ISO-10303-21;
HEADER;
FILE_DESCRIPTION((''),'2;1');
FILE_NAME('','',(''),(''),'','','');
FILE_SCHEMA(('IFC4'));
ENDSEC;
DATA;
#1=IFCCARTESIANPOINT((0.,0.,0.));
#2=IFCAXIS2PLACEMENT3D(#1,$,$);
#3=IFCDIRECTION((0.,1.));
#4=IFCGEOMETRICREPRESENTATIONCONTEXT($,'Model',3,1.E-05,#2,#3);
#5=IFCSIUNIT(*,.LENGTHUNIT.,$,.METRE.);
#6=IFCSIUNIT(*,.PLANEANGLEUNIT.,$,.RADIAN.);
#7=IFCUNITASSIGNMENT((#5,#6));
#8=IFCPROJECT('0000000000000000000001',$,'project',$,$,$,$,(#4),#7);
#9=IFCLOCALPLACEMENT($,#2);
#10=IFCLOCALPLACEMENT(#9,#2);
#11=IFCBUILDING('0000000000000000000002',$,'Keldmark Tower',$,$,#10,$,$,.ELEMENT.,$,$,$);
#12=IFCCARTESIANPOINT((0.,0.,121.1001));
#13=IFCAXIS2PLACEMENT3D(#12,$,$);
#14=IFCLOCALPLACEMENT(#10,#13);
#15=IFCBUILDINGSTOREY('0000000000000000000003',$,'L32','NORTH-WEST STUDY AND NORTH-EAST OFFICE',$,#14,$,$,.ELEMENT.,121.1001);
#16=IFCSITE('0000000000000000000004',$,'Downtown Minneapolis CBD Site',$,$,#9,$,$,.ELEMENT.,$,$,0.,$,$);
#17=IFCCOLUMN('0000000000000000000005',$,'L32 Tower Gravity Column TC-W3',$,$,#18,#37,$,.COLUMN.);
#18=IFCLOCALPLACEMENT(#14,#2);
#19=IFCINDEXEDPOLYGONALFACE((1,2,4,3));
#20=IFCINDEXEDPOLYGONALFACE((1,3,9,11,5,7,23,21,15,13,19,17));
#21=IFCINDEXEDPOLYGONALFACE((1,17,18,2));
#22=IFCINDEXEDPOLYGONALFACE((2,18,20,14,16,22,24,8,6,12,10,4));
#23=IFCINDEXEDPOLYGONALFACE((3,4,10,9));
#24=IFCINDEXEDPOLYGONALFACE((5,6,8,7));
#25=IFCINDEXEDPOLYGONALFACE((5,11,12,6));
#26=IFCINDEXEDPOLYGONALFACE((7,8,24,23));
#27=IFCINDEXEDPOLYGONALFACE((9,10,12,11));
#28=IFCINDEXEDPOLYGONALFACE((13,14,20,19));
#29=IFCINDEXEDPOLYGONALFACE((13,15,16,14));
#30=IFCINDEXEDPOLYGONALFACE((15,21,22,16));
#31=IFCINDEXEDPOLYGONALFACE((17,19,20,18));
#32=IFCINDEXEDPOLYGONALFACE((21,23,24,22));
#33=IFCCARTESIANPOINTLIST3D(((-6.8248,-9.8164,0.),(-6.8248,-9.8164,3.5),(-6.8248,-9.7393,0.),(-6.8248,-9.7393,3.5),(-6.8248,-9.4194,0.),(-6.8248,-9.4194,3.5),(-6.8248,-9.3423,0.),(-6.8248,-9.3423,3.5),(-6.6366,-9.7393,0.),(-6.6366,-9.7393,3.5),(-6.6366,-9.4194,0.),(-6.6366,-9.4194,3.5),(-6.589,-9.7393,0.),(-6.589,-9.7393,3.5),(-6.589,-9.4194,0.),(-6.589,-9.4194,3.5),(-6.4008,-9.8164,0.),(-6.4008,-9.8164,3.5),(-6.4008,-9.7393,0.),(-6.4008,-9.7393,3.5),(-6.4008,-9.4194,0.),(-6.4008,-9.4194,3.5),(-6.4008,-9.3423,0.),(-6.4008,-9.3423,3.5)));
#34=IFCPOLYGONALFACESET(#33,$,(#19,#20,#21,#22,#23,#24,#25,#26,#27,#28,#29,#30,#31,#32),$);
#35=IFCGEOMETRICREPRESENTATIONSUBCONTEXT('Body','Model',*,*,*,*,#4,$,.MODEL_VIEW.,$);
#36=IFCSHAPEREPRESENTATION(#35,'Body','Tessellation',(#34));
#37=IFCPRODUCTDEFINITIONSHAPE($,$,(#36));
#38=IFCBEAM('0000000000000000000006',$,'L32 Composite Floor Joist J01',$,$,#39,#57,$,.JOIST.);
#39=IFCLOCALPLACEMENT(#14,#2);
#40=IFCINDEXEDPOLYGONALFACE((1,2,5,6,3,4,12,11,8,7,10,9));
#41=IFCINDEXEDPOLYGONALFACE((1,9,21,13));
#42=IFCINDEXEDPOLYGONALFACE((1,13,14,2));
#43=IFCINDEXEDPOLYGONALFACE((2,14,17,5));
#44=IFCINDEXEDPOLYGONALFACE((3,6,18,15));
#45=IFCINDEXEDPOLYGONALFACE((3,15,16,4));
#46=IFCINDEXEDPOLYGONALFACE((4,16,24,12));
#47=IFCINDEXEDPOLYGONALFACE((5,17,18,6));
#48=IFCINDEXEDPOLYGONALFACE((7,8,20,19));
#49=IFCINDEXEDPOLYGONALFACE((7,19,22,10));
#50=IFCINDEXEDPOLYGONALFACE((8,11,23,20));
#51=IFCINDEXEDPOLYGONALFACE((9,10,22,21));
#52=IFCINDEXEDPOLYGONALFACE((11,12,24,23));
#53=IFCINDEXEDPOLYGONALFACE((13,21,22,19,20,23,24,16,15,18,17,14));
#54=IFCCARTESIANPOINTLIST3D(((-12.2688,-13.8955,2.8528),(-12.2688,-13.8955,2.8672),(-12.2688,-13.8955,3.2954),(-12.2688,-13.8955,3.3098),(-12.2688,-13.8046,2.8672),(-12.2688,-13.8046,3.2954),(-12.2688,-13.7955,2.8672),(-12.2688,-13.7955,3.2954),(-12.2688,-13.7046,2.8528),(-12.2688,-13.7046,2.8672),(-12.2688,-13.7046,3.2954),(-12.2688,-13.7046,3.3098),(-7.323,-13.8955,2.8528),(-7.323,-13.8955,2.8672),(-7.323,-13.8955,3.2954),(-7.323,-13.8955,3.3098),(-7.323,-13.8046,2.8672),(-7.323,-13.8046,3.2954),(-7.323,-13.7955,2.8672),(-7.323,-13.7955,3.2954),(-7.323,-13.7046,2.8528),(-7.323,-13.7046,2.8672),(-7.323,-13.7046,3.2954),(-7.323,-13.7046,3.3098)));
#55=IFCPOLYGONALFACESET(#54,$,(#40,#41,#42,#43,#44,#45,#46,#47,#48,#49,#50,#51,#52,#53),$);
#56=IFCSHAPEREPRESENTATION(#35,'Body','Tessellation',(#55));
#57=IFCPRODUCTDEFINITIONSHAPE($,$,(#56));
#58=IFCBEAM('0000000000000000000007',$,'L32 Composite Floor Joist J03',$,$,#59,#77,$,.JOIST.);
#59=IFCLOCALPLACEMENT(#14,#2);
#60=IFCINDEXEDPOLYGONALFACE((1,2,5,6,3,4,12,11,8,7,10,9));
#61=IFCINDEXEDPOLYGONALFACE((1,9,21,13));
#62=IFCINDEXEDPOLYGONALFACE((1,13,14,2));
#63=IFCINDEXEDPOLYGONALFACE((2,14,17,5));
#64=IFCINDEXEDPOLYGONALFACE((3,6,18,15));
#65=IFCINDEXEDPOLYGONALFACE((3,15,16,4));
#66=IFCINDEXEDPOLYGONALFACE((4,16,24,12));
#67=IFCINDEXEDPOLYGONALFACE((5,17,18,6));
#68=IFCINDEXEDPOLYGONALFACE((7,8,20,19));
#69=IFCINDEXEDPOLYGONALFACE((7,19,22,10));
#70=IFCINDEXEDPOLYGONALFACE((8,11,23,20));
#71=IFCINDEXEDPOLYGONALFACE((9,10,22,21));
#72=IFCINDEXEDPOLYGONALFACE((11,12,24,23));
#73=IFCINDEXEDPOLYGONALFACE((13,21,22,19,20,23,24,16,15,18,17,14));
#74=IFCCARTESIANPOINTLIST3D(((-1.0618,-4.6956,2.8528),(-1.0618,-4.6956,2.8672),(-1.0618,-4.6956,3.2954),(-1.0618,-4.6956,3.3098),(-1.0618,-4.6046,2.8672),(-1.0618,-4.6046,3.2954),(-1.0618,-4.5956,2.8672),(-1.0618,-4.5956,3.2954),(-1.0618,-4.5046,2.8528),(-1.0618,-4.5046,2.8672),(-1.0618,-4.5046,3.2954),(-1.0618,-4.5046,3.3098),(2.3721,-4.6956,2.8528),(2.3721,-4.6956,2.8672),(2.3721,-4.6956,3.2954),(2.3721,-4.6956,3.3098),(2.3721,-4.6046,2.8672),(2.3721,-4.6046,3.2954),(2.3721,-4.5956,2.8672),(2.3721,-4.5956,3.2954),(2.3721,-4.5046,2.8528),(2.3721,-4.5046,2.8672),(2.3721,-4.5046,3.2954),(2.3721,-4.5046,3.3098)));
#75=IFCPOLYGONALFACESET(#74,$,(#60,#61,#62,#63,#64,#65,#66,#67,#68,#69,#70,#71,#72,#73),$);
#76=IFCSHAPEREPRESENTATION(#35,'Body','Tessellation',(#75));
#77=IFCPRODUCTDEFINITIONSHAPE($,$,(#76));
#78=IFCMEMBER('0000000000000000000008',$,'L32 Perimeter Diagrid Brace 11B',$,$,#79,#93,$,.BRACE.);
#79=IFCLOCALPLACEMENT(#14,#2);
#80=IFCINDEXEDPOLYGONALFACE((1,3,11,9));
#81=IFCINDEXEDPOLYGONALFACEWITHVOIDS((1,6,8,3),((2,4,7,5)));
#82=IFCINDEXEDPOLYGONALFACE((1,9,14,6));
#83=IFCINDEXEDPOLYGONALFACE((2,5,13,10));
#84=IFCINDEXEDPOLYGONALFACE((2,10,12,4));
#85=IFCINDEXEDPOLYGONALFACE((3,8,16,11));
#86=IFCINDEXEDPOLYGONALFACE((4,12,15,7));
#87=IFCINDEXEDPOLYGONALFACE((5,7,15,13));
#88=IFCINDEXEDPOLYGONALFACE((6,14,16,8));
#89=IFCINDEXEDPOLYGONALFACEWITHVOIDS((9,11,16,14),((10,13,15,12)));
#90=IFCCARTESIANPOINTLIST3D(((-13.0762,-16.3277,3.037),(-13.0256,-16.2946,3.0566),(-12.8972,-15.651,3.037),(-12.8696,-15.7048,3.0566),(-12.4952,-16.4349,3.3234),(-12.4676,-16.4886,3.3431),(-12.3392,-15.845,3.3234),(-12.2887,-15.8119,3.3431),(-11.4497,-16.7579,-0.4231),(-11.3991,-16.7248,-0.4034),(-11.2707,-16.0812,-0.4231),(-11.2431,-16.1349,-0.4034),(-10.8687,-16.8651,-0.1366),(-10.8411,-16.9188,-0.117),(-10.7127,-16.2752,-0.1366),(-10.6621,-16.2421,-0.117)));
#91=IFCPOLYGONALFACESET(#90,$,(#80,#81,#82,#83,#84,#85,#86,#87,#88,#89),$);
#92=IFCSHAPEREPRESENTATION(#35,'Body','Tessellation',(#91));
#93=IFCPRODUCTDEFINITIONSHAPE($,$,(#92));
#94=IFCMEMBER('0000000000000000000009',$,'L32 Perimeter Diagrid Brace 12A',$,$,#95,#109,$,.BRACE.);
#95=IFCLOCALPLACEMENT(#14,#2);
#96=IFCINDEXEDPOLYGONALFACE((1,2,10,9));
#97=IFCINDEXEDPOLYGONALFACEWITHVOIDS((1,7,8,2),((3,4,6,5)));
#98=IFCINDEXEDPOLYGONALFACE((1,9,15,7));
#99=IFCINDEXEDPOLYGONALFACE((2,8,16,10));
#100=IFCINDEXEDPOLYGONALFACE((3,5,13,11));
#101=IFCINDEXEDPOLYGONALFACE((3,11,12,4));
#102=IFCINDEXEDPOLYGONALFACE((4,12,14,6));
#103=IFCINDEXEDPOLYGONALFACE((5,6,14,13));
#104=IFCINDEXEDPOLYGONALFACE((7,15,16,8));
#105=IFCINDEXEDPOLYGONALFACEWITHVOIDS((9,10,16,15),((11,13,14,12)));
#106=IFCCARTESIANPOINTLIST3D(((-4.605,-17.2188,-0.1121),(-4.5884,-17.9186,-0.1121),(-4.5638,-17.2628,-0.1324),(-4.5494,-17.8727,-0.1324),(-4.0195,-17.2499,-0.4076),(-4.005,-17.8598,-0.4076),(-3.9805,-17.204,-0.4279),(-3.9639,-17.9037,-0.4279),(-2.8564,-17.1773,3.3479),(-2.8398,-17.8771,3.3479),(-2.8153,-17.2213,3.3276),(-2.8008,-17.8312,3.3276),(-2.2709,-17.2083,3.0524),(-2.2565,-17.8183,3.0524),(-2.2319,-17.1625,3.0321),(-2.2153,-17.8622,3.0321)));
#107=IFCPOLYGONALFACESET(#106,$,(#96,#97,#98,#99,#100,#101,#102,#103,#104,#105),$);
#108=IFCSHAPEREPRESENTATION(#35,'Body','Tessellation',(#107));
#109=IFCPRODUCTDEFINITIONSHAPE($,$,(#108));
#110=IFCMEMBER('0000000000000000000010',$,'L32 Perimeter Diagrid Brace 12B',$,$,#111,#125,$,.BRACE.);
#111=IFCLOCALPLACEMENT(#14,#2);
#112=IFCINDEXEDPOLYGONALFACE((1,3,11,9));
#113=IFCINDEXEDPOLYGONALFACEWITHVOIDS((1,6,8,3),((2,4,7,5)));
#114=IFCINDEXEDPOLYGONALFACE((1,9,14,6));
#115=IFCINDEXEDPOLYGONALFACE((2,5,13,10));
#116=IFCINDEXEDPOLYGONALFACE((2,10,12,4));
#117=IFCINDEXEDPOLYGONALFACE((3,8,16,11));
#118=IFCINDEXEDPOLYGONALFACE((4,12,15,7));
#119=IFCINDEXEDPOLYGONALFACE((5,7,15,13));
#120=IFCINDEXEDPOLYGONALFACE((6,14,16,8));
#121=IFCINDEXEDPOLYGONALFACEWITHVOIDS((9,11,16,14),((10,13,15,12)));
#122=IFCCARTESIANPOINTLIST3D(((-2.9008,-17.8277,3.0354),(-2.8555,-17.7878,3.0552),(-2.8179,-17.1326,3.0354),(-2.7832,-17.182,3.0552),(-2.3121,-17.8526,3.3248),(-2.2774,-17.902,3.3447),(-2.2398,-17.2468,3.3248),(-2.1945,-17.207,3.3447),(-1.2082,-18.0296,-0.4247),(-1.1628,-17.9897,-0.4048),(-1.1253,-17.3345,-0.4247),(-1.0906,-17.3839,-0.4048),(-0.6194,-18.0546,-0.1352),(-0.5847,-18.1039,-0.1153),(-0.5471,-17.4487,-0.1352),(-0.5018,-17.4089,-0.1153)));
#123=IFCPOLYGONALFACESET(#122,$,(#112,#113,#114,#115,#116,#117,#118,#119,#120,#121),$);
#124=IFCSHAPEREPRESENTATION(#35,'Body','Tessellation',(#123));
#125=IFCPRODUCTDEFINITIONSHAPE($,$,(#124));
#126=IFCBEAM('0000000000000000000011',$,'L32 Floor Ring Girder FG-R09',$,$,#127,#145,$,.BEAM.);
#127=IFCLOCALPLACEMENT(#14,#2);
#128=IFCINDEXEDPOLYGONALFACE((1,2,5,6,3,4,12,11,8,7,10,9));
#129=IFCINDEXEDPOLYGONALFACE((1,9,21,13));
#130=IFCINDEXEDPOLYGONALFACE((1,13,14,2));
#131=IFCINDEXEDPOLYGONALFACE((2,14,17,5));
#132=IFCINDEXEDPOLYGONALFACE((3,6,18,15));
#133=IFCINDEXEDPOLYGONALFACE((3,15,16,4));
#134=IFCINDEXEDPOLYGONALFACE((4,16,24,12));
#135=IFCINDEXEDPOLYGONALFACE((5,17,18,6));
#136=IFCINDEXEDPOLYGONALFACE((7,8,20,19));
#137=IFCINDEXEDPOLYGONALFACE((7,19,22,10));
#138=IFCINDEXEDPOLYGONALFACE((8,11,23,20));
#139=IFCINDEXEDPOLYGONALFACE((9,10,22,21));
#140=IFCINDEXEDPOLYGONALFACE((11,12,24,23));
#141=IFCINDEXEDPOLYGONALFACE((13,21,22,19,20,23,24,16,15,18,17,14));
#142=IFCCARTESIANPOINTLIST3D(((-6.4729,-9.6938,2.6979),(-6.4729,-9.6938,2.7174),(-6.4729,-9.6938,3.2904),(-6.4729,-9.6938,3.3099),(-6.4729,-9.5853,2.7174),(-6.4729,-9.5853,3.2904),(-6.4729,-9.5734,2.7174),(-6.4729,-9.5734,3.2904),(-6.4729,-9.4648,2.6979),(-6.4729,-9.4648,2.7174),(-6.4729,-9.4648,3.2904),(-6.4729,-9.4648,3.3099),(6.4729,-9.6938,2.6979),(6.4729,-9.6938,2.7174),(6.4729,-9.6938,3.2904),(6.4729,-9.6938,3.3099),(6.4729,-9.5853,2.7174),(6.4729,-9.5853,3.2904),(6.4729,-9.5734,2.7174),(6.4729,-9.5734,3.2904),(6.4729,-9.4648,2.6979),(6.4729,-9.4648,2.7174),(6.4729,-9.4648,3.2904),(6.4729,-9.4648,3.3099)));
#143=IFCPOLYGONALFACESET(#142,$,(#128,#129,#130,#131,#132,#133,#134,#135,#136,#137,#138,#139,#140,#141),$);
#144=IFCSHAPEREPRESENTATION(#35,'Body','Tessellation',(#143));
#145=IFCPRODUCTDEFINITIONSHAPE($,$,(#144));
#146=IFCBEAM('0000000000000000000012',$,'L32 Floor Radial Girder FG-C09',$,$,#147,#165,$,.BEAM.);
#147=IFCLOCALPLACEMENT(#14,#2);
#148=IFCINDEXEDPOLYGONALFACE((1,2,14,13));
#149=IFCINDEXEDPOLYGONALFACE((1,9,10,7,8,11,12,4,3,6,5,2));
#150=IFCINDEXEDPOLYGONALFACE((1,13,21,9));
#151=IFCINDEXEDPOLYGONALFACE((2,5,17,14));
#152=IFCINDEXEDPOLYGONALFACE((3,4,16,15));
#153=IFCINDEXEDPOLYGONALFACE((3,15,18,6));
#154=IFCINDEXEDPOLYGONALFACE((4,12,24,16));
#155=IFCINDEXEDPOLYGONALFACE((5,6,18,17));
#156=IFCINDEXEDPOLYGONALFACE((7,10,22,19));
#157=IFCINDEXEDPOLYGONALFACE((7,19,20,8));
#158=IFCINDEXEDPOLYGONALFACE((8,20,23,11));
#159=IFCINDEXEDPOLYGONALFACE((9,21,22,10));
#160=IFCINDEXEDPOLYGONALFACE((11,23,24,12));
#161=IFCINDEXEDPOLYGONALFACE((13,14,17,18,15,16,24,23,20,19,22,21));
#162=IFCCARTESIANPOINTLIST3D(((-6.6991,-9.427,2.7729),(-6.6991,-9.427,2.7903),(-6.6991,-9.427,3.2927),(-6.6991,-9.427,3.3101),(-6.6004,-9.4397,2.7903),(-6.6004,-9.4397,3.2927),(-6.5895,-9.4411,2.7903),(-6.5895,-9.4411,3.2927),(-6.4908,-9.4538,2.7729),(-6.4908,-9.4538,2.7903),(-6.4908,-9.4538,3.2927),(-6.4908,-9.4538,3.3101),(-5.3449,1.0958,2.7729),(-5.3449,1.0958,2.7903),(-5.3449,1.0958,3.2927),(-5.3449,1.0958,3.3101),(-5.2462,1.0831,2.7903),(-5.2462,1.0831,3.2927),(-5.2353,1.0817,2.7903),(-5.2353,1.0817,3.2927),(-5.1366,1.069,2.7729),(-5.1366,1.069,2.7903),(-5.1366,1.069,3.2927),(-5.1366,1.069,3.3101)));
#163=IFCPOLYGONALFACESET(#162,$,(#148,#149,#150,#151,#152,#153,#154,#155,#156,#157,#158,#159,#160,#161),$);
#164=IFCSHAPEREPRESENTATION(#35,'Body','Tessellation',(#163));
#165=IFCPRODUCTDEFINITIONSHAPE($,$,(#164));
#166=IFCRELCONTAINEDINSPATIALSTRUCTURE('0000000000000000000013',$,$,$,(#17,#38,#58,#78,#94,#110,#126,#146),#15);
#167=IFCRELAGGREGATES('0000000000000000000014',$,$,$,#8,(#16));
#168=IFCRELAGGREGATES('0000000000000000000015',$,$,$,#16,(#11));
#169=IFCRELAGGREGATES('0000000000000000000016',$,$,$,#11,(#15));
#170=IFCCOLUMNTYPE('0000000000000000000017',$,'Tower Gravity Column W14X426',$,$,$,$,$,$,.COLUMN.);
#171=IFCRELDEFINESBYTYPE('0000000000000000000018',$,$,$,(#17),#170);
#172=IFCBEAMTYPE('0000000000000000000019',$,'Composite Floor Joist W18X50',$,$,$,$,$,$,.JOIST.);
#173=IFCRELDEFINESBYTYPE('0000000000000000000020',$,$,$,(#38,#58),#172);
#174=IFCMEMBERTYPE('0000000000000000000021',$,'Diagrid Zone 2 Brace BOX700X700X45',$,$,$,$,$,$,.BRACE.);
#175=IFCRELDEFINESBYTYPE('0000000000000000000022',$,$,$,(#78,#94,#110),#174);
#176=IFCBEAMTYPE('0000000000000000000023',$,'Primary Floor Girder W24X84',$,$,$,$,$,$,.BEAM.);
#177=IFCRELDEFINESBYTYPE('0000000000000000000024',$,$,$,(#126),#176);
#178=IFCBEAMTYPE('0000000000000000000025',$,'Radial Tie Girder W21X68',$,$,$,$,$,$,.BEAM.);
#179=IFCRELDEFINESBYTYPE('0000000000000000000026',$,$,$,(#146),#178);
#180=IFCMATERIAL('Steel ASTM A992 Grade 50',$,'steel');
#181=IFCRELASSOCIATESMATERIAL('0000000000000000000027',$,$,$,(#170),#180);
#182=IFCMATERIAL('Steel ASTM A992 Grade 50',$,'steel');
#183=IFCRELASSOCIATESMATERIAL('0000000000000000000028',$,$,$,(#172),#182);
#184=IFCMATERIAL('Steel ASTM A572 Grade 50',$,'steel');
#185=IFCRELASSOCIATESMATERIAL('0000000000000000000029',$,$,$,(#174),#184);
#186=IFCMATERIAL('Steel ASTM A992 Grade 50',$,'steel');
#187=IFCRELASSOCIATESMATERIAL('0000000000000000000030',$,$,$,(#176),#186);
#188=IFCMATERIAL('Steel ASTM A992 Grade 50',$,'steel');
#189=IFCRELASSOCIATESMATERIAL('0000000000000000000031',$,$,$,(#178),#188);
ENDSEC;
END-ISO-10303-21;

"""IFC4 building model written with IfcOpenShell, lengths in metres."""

from ifc_helpers import new_model, si_unit, direction, frame, origin, origin_2d, place, context, subcontext, project, spatial, hollow_rectangle, i_section, extrude, material, material_profile, profile_set, type_object, element, save


model = new_model("IFC4")

# Units and contexts
model_context = context("Model", 3, precision=1e-05, world=origin(), true_north=direction((0.0, 1.0)))
body_context = subcontext(model_context, "Body", "Model", "MODEL_VIEW")
ifc_project = project(units=[si_unit("LENGTHUNIT", "METRE"), si_unit("PLANEANGLEUNIT", "RADIAN")], contexts=[model_context])

# Site, building, storey
site_placement = place(None, origin())
site = spatial("IfcSite", under=ifc_project, at=site_placement, Name="Downtown Minneapolis CBD Site", CompositionType="ELEMENT", RefElevation=0.0)
building_placement = place(site_placement, origin())
building = spatial("IfcBuilding", under=site, at=building_placement, Name="Keldmark Tower", CompositionType="ELEMENT")
storey_placement = place(building_placement, frame((0.0, 0.0, 121.1001)))
storey = spatial("IfcBuildingStorey", under=building, at=storey_placement, Name="L32", Description="NORTH-WEST STUDY AND NORTH-EAST OFFICE", CompositionType="ELEMENT", Elevation=121.1001)

# Column
ifc_material_1 = material(Name="Steel ASTM A992 Grade 50", Category="steel")
ifc_material_profile_1 = material_profile(ifc_material_1, i_section(OverallWidth=0.4241, OverallDepth=0.4741, WebThickness=0.0476, FlangeThickness=0.0771, at=origin_2d()), Name="W14X426")
ifc_profile_set_1 = profile_set([ifc_material_profile_1], Name="Steel ASTM A992 Grade 50")
column_type = type_object("IfcColumnType", Name="Tower Gravity Column W14X426", PredefinedType="COLUMN", material=ifc_profile_set_1)
column_placement = place(storey_placement, frame((-6.6128, -9.5793, 0.0), z_axis=(0.0, 0.0, 1.0), x_axis=(1.0, 0.0, 0.0)))
element("IfcColumn", 1, at=column_placement, inside=storey, type_object=column_type, Name="L32 Tower Gravity Column TC-W3", PredefinedType="COLUMN", context=body_context, shape_type="SweptSolid", body=[
    extrude(i_section(OverallWidth=0.4241, OverallDepth=0.4741, WebThickness=0.0476, FlangeThickness=0.0771, at=origin_2d()), origin(), (0.0, 0.0, 1.0), 3.5),
])

# Beams
ifc_material_2 = material(Name="Steel ASTM A992 Grade 50", Category="steel")
ifc_material_profile_2 = material_profile(ifc_material_2, i_section(OverallWidth=0.1909, OverallDepth=0.457, WebThickness=0.009, FlangeThickness=0.0144, at=origin_2d()), Name="W18X50")
ifc_profile_set_2 = profile_set([ifc_material_profile_2], Name="Steel ASTM A992 Grade 50")
beam_type_1 = type_object("IfcBeamType", Name="Composite Floor Joist W18X50", PredefinedType="JOIST", material=ifc_profile_set_2)
beam_1_placement = place(storey_placement, frame((-12.2688, -13.8, 3.0813), z_axis=(1.0, 0.0, 0.0), x_axis=(0.0, 1.0, 0.0)))
element("IfcBeam", 2, at=beam_1_placement, inside=storey, type_object=beam_type_1, Name="L32 Composite Floor Joist J01", PredefinedType="JOIST", context=body_context, shape_type="SweptSolid", body=[
    extrude(i_section(OverallWidth=0.1909, OverallDepth=0.457, WebThickness=0.009, FlangeThickness=0.0144, at=origin_2d()), origin(), (0.0, 0.0, 1.0), 4.9458),
])
beam_2_placement = place(storey_placement, frame((-1.0618, -4.6001, 3.0813), z_axis=(1.0, 0.0, 0.0), x_axis=(0.0, 1.0, 0.0)))
element("IfcBeam", 3, at=beam_2_placement, inside=storey, type_object=beam_type_1, Name="L32 Composite Floor Joist J03", PredefinedType="JOIST", context=body_context, shape_type="SweptSolid", body=[
    extrude(i_section(OverallWidth=0.1909, OverallDepth=0.457, WebThickness=0.009, FlangeThickness=0.0144, at=origin_2d()), origin(), (0.0, 0.0, 1.0), 3.4338),
])

# Members
ifc_material_3 = material(Name="Steel ASTM A572 Grade 50", Category="steel")
ifc_material_profile_3 = material_profile(ifc_material_3, hollow_rectangle(XDim=0.7, YDim=0.7, WallThickness=0.0449, at=origin_2d()), Name="BOX700X700X45")
ifc_profile_set_3 = profile_set([ifc_material_profile_3], Name="Steel ASTM A572 Grade 50")
member_type = type_object("IfcMemberType", Name="Diagrid Zone 2 Brace BOX700X700X45", PredefinedType="BRACE", material=ifc_profile_set_3)
member_1_placement = place(storey_placement, frame((-11.0559, -16.5, -0.27), z_axis=(-0.422754, 0.111812, 0.89932), x_axis=(-0.255693, -0.966758, 0.0)))
element("IfcMember", 4, at=member_1_placement, inside=storey, type_object=member_type, Name="L32 Perimeter Diagrid Brace 11B", PredefinedType="BRACE", context=body_context, shape_type="SweptSolid", body=[
    extrude(hollow_rectangle(XDim=0.7, YDim=0.7, WallThickness=0.0449, at=origin_2d()), origin(), (0.0, 0.0, 1.0), 3.8474),
])
member_2_placement = place(storey_placement, frame((-4.2844, -17.5613, -0.27), z_axis=(0.451013, 0.010705, 0.892453), x_axis=(-0.02373, 0.999718, 0.0)))
element("IfcMember", 5, at=member_2_placement, inside=storey, type_object=member_type, Name="L32 Perimeter Diagrid Brace 12A", PredefinedType="BRACE", context=body_context, shape_type="SweptSolid", body=[
    extrude(hollow_rectangle(XDim=0.7, YDim=0.7, WallThickness=0.0449, at=origin_2d()), origin(), (0.0, 0.0, 1.0), 3.877),
])
member_3_placement = place(storey_placement, frame((-0.855, -17.7192, -0.27), z_axis=(-0.438836, 0.052346, 0.897041), x_axis=(-0.118445, -0.992961, 0.0)))
element("IfcMember", 6, at=member_3_placement, inside=storey, type_object=member_type, Name="L32 Perimeter Diagrid Brace 12B", PredefinedType="BRACE", context=body_context, shape_type="SweptSolid", body=[
    extrude(hollow_rectangle(XDim=0.7, YDim=0.7, WallThickness=0.0449, at=origin_2d()), origin(), (0.0, 0.0, 1.0), 3.8572),
])

# Beams
ifc_material_4 = material(Name="Steel ASTM A992 Grade 50", Category="steel")
ifc_material_profile_4 = material_profile(ifc_material_4, i_section(OverallWidth=0.229, OverallDepth=0.6121, WebThickness=0.012, FlangeThickness=0.0195, at=origin_2d()), Name="W24X84")
ifc_profile_set_4 = profile_set([ifc_material_profile_4], Name="Steel ASTM A992 Grade 50")
beam_type_2 = type_object("IfcBeamType", Name="Primary Floor Girder W24X84", PredefinedType="BEAM", material=ifc_profile_set_4)
beam_3_placement = place(storey_placement, frame((-6.4729, -9.5793, 3.0039), z_axis=(1.0, 0.0, 0.0), x_axis=(0.0, 1.0, 0.0)))
element("IfcBeam", 7, at=beam_3_placement, inside=storey, type_object=beam_type_2, Name="L32 Floor Ring Girder FG-R09", PredefinedType="BEAM", context=body_context, shape_type="SweptSolid", body=[
    extrude(i_section(OverallWidth=0.229, OverallDepth=0.6121, WebThickness=0.012, FlangeThickness=0.0195, at=origin_2d()), origin(), (0.0, 0.0, 1.0), 12.9458),
])
ifc_material_5 = material(Name="Steel ASTM A992 Grade 50", Category="steel")
ifc_material_profile_5 = material_profile(ifc_material_5, i_section(OverallWidth=0.21, OverallDepth=0.5371, WebThickness=0.011, FlangeThickness=0.0173, at=origin_2d()), Name="W21X68")
ifc_profile_set_5 = profile_set([ifc_material_profile_5], Name="Steel ASTM A992 Grade 50")
beam_type_3 = type_object("IfcBeamType", Name="Radial Tie Girder W21X68", PredefinedType="BEAM", material=ifc_profile_set_5)
beam_4_placement = place(storey_placement, frame((-6.595, -9.4404, 3.0415), z_axis=(0.127642, 0.99182, 0.0), x_axis=(-0.99182, 0.127642, 0.0)))
element("IfcBeam", 8, at=beam_4_placement, inside=storey, type_object=beam_type_3, Name="L32 Floor Radial Girder FG-C09", PredefinedType="BEAM", context=body_context, shape_type="SweptSolid", body=[
    extrude(i_section(OverallWidth=0.21, OverallDepth=0.5371, WebThickness=0.011, FlangeThickness=0.0173, at=origin_2d()), origin(), (0.0, 0.0, 1.0), 10.6096),
])

save(model, "model.ifc")
